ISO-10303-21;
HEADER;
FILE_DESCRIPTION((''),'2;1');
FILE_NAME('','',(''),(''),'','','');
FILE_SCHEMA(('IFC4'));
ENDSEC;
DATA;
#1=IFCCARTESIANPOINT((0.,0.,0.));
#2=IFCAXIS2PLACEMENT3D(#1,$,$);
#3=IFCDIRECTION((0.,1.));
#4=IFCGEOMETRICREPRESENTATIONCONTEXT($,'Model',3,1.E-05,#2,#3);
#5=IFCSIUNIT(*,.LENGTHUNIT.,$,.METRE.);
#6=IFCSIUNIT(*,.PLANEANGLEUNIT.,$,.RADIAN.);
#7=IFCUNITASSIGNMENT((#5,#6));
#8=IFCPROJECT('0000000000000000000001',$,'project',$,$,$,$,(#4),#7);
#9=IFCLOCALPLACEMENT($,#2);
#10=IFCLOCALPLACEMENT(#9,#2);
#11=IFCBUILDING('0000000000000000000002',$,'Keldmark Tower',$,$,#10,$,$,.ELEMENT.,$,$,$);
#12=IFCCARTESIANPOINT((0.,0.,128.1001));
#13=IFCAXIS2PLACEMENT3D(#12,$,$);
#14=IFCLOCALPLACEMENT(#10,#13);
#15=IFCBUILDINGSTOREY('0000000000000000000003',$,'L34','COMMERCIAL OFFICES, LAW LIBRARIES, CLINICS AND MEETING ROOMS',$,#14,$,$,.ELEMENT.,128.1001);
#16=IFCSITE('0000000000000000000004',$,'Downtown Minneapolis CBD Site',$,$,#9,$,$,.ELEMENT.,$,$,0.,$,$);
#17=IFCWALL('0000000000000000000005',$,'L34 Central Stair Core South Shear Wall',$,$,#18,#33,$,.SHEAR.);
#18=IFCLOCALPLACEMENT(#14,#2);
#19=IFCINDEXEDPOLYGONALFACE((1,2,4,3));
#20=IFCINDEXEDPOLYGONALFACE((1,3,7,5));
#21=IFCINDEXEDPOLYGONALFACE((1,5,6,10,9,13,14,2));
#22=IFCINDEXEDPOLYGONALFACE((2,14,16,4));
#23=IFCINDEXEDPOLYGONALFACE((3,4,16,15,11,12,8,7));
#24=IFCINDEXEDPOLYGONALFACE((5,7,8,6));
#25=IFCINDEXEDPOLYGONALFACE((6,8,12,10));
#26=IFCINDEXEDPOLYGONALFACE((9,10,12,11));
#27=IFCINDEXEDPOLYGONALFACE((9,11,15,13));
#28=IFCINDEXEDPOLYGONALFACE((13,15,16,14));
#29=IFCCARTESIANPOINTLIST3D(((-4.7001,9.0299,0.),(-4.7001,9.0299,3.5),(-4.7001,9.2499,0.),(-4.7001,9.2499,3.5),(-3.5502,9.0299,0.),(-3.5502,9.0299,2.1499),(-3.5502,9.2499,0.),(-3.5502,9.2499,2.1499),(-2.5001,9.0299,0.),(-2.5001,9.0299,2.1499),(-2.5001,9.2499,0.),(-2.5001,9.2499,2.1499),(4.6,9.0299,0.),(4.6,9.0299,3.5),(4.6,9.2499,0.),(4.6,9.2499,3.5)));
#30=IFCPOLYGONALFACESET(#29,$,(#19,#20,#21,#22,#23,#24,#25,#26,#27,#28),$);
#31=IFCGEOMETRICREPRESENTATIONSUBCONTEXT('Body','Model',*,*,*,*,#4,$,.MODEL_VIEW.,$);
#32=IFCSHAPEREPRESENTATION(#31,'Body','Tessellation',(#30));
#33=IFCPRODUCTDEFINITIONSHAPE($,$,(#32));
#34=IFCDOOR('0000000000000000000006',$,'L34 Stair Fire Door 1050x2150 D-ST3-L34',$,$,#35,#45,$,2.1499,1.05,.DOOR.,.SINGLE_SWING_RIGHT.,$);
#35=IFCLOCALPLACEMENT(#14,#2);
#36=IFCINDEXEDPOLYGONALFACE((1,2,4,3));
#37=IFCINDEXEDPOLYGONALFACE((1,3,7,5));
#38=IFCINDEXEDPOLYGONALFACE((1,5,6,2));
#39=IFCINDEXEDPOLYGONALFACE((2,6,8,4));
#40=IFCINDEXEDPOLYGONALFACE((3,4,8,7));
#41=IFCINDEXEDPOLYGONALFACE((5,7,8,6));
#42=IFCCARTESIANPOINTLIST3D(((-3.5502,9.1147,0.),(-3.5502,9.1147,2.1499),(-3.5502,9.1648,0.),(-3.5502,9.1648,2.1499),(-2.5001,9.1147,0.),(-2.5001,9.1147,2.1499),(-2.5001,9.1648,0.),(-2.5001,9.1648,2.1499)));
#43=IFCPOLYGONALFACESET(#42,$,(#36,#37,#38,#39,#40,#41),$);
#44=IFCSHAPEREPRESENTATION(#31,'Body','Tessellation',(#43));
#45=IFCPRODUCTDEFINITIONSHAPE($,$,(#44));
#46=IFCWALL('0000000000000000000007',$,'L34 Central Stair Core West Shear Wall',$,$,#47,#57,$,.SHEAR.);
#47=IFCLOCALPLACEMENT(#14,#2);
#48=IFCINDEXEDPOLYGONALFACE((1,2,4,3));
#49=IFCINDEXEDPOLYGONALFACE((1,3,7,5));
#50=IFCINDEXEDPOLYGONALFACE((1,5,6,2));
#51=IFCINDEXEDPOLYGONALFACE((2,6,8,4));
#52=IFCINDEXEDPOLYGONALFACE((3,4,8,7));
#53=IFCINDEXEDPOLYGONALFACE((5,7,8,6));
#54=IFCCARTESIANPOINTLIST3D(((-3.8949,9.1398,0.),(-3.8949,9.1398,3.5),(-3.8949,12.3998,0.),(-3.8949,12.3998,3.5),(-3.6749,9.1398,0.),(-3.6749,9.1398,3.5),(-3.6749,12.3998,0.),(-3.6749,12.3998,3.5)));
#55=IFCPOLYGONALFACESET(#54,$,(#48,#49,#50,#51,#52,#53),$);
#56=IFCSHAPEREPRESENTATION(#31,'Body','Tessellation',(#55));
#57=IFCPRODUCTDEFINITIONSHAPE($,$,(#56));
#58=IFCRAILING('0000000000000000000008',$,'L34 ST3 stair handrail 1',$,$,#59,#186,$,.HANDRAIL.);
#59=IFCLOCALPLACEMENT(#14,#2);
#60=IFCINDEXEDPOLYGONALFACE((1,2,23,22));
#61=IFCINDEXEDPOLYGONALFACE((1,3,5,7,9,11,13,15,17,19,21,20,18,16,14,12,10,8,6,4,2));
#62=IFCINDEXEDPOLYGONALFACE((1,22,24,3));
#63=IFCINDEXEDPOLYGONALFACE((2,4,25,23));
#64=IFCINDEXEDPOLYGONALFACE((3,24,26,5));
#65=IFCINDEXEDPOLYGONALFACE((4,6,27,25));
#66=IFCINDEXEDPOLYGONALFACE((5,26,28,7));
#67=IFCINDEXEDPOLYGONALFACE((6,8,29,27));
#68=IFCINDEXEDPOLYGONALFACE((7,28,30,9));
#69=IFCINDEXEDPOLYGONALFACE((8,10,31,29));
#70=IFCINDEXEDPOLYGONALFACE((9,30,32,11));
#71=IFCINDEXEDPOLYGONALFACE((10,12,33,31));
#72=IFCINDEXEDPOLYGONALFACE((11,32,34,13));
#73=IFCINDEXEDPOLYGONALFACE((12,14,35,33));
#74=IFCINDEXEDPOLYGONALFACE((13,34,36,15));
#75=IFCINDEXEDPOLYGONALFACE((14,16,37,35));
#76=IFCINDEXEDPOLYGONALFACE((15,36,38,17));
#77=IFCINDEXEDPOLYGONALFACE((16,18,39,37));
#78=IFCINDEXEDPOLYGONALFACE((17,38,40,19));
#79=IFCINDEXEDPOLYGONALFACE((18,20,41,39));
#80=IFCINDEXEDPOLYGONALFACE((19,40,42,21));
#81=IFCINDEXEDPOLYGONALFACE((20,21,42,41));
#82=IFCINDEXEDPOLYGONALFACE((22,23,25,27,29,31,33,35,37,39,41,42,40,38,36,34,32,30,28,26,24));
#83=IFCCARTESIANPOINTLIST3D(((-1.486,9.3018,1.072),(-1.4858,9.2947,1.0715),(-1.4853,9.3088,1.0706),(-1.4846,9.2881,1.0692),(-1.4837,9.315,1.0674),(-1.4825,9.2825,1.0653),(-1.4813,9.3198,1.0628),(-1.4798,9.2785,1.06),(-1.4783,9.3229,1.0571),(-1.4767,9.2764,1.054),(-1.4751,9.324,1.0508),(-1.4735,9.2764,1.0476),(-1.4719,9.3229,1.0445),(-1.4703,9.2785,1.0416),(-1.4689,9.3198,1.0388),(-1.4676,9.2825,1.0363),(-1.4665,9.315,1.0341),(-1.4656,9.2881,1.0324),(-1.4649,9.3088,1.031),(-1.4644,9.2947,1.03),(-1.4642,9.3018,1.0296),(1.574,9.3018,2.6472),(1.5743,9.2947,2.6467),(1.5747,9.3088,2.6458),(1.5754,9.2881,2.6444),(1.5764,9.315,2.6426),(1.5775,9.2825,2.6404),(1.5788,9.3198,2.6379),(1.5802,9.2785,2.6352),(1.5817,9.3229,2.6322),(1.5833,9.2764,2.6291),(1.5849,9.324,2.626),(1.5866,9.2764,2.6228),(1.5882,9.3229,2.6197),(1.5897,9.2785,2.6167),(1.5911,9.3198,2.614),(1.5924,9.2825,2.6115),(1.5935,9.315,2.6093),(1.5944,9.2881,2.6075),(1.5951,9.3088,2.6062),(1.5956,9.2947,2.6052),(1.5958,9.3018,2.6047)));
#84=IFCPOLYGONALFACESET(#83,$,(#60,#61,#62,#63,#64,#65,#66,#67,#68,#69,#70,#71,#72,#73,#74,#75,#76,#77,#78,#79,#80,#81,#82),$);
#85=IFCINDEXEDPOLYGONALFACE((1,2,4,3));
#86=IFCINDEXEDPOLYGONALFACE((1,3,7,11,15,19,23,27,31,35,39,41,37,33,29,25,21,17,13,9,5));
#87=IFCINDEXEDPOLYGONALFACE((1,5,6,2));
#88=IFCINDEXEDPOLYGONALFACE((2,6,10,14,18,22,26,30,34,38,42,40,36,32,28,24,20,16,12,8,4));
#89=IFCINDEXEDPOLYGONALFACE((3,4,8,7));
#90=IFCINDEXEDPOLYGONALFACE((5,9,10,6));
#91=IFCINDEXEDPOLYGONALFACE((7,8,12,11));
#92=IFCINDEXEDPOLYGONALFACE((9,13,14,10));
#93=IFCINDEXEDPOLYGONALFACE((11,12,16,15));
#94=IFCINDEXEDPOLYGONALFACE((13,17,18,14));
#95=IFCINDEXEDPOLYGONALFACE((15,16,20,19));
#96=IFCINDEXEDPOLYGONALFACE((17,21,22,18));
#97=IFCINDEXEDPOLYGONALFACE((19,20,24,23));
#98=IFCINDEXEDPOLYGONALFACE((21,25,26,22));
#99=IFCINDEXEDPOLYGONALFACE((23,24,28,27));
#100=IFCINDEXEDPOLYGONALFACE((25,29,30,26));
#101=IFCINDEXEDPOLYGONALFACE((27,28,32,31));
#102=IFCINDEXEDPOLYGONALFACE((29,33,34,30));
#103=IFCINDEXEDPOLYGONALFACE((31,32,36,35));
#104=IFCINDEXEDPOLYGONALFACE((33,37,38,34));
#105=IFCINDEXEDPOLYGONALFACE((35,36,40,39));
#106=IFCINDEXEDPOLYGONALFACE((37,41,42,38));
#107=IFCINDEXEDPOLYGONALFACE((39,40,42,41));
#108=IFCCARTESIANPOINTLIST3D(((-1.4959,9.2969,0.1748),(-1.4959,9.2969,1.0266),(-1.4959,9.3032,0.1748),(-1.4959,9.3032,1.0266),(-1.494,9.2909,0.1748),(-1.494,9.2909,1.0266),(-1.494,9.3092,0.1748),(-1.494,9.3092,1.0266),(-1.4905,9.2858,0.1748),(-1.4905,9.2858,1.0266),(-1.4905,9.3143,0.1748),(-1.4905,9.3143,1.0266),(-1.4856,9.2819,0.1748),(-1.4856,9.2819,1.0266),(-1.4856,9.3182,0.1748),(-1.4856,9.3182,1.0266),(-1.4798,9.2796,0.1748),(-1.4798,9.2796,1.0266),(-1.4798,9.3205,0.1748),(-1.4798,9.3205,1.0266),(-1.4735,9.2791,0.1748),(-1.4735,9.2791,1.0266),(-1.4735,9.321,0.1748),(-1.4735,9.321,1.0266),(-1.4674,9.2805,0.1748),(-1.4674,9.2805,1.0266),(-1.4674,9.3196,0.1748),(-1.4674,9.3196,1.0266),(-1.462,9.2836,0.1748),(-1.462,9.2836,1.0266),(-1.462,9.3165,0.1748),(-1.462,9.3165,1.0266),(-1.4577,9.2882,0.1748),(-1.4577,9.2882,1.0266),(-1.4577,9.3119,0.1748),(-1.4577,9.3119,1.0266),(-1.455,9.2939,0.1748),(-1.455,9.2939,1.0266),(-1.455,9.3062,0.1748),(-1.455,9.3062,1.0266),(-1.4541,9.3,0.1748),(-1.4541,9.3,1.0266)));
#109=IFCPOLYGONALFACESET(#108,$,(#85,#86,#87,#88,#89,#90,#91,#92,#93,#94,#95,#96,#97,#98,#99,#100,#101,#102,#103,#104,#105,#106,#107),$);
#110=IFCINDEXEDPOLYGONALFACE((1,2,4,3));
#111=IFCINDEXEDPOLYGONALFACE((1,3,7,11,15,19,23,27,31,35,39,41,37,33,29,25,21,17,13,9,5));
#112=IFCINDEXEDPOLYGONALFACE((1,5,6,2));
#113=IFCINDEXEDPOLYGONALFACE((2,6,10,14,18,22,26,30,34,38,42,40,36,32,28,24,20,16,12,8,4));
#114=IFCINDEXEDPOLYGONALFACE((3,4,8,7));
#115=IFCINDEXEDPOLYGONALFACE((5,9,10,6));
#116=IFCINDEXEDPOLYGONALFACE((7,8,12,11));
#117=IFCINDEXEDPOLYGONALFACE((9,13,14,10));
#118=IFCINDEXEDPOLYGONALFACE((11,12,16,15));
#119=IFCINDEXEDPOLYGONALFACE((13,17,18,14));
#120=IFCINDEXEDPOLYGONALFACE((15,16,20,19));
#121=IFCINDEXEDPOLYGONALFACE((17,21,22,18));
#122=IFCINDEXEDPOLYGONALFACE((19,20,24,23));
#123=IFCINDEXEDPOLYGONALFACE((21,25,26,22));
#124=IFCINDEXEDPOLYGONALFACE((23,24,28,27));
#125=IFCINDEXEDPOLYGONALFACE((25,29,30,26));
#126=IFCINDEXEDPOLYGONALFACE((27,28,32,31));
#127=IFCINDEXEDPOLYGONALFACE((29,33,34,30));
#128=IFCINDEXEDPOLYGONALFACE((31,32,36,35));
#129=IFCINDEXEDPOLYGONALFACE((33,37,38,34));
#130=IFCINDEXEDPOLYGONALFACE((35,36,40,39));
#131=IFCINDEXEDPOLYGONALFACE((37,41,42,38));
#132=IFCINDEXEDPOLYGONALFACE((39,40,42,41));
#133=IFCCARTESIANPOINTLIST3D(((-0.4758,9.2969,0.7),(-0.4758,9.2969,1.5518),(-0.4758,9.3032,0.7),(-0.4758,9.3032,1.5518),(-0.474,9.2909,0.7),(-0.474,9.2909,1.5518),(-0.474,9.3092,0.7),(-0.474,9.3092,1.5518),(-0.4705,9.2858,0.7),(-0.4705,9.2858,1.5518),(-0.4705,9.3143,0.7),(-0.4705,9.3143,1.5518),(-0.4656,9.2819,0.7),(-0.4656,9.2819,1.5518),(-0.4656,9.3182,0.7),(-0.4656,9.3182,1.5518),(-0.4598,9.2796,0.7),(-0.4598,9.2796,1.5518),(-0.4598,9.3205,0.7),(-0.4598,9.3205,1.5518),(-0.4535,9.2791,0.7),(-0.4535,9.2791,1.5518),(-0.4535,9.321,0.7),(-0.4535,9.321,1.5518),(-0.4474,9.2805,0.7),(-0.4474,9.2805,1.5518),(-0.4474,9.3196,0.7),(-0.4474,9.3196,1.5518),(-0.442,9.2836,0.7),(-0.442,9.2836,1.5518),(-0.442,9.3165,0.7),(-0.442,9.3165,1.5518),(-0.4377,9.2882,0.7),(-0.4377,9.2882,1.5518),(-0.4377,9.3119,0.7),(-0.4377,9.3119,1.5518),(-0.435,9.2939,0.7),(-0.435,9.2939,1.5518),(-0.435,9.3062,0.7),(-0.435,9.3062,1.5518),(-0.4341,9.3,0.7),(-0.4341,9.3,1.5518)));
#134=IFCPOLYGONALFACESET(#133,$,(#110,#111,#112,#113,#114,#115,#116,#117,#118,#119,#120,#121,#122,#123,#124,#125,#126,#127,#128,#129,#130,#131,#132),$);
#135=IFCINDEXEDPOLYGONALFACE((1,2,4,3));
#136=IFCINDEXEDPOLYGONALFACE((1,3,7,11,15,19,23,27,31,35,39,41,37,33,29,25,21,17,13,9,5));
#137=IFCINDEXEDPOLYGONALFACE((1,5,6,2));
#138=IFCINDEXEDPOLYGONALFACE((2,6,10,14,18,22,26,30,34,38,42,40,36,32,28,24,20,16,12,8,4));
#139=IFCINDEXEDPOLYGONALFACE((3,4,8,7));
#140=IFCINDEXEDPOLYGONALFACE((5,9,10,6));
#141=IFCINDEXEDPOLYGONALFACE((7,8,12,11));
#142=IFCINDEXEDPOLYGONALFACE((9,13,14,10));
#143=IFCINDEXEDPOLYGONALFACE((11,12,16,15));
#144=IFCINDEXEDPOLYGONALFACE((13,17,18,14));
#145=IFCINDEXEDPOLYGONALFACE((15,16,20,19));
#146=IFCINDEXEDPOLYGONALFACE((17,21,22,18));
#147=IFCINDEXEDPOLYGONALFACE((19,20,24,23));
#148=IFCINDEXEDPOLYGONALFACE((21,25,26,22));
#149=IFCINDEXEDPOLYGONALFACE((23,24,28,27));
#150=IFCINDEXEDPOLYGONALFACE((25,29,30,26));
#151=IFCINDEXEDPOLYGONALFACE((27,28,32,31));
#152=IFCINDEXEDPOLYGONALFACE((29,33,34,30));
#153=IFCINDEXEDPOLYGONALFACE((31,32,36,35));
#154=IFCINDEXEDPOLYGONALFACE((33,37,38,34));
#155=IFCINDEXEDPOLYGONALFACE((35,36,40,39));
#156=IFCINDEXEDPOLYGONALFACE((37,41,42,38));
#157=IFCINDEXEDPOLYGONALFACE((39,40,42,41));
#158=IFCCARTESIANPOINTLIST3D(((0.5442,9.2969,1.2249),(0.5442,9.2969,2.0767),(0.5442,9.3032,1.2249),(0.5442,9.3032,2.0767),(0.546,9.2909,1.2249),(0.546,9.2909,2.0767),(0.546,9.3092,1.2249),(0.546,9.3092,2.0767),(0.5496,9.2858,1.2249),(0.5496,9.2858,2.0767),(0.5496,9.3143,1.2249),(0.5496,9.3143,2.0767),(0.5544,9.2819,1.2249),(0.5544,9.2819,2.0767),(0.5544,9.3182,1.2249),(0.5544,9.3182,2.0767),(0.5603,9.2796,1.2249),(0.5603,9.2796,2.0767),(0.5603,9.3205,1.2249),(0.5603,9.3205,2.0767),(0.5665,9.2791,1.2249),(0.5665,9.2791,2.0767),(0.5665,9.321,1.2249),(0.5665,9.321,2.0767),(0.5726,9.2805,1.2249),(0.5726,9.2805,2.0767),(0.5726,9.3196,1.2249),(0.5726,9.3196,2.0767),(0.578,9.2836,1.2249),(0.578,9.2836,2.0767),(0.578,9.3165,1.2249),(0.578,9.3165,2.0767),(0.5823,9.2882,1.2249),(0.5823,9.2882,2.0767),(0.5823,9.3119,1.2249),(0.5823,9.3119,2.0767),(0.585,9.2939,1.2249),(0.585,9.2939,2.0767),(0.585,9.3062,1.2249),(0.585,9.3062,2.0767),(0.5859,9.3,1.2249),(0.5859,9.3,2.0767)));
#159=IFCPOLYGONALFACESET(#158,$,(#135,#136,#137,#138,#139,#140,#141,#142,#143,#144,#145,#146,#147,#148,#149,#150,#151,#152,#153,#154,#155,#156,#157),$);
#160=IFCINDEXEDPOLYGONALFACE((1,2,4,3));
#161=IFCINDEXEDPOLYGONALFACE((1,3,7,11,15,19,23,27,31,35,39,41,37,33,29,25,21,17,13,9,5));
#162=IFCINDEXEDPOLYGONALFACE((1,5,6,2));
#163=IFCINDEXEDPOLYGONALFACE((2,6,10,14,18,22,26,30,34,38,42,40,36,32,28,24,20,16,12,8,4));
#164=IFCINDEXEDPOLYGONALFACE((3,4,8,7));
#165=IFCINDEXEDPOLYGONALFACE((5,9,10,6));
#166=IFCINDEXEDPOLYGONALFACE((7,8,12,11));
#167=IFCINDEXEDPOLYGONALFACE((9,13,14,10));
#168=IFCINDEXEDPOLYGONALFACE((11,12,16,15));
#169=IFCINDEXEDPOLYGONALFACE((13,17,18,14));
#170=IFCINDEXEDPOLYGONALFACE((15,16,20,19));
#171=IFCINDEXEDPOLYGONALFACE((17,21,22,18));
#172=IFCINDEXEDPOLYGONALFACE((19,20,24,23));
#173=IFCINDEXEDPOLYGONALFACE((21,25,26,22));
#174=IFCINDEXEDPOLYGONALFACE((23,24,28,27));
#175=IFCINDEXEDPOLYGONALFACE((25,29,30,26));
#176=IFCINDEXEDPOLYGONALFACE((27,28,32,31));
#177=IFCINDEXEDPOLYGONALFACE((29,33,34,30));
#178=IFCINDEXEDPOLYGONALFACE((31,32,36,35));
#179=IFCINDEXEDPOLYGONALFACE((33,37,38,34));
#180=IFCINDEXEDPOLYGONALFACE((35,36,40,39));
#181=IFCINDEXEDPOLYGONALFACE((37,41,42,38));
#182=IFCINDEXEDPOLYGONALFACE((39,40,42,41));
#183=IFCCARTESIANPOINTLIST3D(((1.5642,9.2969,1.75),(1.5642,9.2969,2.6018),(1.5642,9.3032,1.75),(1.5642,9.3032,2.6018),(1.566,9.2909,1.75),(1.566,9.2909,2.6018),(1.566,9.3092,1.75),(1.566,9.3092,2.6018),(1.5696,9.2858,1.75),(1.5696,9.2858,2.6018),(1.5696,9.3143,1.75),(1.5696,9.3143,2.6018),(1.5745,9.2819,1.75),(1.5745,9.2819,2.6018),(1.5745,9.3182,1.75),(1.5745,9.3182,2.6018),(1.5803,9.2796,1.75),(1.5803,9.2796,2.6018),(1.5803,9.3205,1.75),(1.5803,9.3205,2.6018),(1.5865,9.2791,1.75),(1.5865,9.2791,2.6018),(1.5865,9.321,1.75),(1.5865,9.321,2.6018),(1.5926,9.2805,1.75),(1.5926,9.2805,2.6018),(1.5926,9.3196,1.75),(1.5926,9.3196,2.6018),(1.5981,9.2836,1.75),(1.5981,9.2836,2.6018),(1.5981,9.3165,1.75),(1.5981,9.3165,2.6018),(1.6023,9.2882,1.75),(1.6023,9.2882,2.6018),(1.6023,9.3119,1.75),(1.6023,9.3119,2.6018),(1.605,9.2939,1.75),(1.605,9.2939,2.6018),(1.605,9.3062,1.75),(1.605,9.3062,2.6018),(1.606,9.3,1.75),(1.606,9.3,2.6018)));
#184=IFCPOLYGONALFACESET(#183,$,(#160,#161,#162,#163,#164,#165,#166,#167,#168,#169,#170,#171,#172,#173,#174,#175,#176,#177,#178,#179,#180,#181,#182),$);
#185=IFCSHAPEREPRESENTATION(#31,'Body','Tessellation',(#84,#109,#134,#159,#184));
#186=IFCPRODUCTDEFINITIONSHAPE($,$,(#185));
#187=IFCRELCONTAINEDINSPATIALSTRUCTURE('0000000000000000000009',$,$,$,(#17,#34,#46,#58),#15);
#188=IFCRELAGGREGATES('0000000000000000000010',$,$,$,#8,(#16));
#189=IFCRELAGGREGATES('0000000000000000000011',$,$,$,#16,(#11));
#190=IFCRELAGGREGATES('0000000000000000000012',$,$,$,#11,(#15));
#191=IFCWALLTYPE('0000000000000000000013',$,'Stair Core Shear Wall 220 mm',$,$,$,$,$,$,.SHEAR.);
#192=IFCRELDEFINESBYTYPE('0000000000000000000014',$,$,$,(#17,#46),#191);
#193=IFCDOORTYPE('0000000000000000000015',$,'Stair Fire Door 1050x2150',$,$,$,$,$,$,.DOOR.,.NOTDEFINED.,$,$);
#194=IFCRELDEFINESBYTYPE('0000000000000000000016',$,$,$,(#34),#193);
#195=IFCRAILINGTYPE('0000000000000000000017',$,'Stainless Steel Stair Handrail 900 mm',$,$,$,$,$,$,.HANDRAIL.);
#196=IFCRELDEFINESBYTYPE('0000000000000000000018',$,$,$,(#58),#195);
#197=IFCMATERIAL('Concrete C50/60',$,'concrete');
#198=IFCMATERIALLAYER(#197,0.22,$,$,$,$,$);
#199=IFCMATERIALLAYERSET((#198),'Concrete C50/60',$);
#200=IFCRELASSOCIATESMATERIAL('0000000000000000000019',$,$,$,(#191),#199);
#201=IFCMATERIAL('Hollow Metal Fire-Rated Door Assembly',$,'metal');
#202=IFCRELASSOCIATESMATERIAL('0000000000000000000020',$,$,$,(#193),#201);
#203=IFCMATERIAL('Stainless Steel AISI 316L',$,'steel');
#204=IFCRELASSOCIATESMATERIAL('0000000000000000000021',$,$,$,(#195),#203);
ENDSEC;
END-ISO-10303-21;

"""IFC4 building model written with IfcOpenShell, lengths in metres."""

from ifc_helpers import new_model, si_unit, direction, frame, frame_2d, origin, origin_2d, place, context, subcontext, project, spatial, rectangle, circle, extrude, material, layer, layer_set, type_object, element, fill, save


model = new_model("IFC4")

# Units and contexts
model_context = context("Model", 3, precision=1e-05, world=origin(), true_north=direction((0.0, 1.0)))
body_context = subcontext(model_context, "Body", "Model", "MODEL_VIEW")
ifc_project = project(units=[si_unit("LENGTHUNIT", "METRE"), si_unit("PLANEANGLEUNIT", "RADIAN")], contexts=[model_context])

# Site, building, storey
site_placement = place(None, origin())
site = spatial("IfcSite", under=ifc_project, at=site_placement, Name="Downtown Minneapolis CBD Site", CompositionType="ELEMENT", RefElevation=0.0)
building_placement = place(site_placement, origin())
building = spatial("IfcBuilding", under=site, at=building_placement, Name="Keldmark Tower", CompositionType="ELEMENT")
storey_placement = place(building_placement, frame((0.0, 0.0, 128.1001)))
storey = spatial("IfcBuildingStorey", under=building, at=storey_placement, Name="L34", Description="COMMERCIAL OFFICES, LAW LIBRARIES, CLINICS AND MEETING ROOMS", CompositionType="ELEMENT", Elevation=128.1001)

# Wall, opening, door
ifc_material_1 = material(Name="Concrete C50/60", Category="concrete")
ifc_layer_1 = layer(ifc_material_1, 0.22)
ifc_layer_set_1 = layer_set([ifc_layer_1], Name="Concrete C50/60")
wall_type_1 = type_object("IfcWallType", Name="Stair Core Shear Wall 220 mm", PredefinedType="SHEAR", material=ifc_layer_set_1)
wall_1_placement = place(storey_placement, frame((-4.7, 9.1399, 0.0), z_axis=(0.0, 0.0, 1.0), x_axis=(1.0, 0.0, 0.0)))
wall_1 = element("IfcWall", 1, at=wall_1_placement, inside=storey, type_object=wall_type_1, Name="L34 Central Stair Core South Shear Wall", PredefinedType="SHEAR", context=body_context, shape_type="SweptSolid", body=[
    extrude(rectangle(XDim=9.3, YDim=0.22, at=frame_2d((4.6499, 0.0))), origin(), (0.0, 0.0, 1.0), 3.5),
])
opening_1_placement = place(wall_1_placement, frame((1.1499, 0.0, 0.0)))
opening_1 = element("IfcOpeningElement", 2, at=opening_1_placement, cuts=wall_1, PredefinedType="OPENING", context=body_context, shape_type="SweptSolid", body=[
    extrude(rectangle(XDim=1.05, YDim=2.1499, at=frame_2d((0.5249, 1.075))), frame((0.0, 0.1199, 0.0), z_axis=(0.0, -1.0, 0.0), x_axis=(1.0, 0.0, 0.0)), (0.0, 0.0, 1.0), 0.24),
])
ifc_material_2 = material(Name="Hollow Metal Fire-Rated Door Assembly", Category="metal")
door_type_1 = type_object("IfcDoorType", Name="Stair Fire Door 1050x2150", OperationType="NOTDEFINED", PredefinedType="DOOR", material=ifc_material_2)
door_1_placement = place(opening_1_placement, origin())
door_1 = element("IfcDoor", 3, at=door_1_placement, inside=storey, type_object=door_type_1, Name="L34 Stair Fire Door 1050x2150 D-ST3-L34", OperationType="SINGLE_SWING_RIGHT", OverallHeight=2.1499, OverallWidth=1.05, PredefinedType="DOOR", context=body_context, shape_type="SweptSolid", body=[
    extrude(rectangle(XDim=1.05, YDim=2.1499, at=frame_2d((0.5249, 1.075))), frame((0.0, 0.0249, 0.0), z_axis=(0.0, -1.0, 0.0), x_axis=(1.0, 0.0, 0.0)), (0.0, 0.0, 1.0), 0.05),
])
fill(opening_1, door_1)

# Wall
wall_2_placement = place(storey_placement, frame((-3.7849, 9.1399, 0.0), z_axis=(0.0, 0.0, 1.0), x_axis=(0.0, 1.0, 0.0)))
element("IfcWall", 4, at=wall_2_placement, inside=storey, type_object=wall_type_1, Name="L34 Central Stair Core West Shear Wall", PredefinedType="SHEAR", context=body_context, shape_type="SweptSolid", body=[
    extrude(rectangle(XDim=3.26, YDim=0.22, at=frame_2d((1.6299, 0.0))), origin(), (0.0, 0.0, 1.0), 3.5),
])

# Railing
ifc_material_3 = material(Name="Stainless Steel AISI 316L", Category="steel")
railing_type = type_object("IfcRailingType", Name="Stainless Steel Stair Handrail 900 mm", PredefinedType="HANDRAIL", material=ifc_material_3)
railing_placement = place(storey_placement, frame((-1.4751, 9.3, 0.1748)))
element("IfcRailing", 5, at=railing_placement, inside=storey, type_object=railing_type, Name="L34 ST3 stair handrail 1", PredefinedType="HANDRAIL", context=body_context, shape_type="SweptSolid", body=[
    extrude(circle(Radius=0.0239, at=origin_2d()), frame((0.0, 0.0, 0.876), z_axis=(0.889116, 0.0, 0.457681), x_axis=(0.0, 1.0, 0.0)), (0.0, 0.0, 1.0), 3.4417),
    extrude(circle(Radius=0.021, at=origin_2d()), origin(), (0.0, 0.0, 1.0), 0.8518),
    extrude(circle(Radius=0.021, at=origin_2d()), frame((1.02, 0.0, 0.5251)), (0.0, 0.0, 1.0), 0.8518),
    extrude(circle(Radius=0.021, at=origin_2d()), frame((2.04, 0.0, 1.05)), (0.0, 0.0, 1.0), 0.8518),
    extrude(circle(Radius=0.021, at=origin_2d()), frame((3.0601, 0.0, 1.5752)), (0.0, 0.0, 1.0), 0.8518),
])

save(model, "model.ifc")
